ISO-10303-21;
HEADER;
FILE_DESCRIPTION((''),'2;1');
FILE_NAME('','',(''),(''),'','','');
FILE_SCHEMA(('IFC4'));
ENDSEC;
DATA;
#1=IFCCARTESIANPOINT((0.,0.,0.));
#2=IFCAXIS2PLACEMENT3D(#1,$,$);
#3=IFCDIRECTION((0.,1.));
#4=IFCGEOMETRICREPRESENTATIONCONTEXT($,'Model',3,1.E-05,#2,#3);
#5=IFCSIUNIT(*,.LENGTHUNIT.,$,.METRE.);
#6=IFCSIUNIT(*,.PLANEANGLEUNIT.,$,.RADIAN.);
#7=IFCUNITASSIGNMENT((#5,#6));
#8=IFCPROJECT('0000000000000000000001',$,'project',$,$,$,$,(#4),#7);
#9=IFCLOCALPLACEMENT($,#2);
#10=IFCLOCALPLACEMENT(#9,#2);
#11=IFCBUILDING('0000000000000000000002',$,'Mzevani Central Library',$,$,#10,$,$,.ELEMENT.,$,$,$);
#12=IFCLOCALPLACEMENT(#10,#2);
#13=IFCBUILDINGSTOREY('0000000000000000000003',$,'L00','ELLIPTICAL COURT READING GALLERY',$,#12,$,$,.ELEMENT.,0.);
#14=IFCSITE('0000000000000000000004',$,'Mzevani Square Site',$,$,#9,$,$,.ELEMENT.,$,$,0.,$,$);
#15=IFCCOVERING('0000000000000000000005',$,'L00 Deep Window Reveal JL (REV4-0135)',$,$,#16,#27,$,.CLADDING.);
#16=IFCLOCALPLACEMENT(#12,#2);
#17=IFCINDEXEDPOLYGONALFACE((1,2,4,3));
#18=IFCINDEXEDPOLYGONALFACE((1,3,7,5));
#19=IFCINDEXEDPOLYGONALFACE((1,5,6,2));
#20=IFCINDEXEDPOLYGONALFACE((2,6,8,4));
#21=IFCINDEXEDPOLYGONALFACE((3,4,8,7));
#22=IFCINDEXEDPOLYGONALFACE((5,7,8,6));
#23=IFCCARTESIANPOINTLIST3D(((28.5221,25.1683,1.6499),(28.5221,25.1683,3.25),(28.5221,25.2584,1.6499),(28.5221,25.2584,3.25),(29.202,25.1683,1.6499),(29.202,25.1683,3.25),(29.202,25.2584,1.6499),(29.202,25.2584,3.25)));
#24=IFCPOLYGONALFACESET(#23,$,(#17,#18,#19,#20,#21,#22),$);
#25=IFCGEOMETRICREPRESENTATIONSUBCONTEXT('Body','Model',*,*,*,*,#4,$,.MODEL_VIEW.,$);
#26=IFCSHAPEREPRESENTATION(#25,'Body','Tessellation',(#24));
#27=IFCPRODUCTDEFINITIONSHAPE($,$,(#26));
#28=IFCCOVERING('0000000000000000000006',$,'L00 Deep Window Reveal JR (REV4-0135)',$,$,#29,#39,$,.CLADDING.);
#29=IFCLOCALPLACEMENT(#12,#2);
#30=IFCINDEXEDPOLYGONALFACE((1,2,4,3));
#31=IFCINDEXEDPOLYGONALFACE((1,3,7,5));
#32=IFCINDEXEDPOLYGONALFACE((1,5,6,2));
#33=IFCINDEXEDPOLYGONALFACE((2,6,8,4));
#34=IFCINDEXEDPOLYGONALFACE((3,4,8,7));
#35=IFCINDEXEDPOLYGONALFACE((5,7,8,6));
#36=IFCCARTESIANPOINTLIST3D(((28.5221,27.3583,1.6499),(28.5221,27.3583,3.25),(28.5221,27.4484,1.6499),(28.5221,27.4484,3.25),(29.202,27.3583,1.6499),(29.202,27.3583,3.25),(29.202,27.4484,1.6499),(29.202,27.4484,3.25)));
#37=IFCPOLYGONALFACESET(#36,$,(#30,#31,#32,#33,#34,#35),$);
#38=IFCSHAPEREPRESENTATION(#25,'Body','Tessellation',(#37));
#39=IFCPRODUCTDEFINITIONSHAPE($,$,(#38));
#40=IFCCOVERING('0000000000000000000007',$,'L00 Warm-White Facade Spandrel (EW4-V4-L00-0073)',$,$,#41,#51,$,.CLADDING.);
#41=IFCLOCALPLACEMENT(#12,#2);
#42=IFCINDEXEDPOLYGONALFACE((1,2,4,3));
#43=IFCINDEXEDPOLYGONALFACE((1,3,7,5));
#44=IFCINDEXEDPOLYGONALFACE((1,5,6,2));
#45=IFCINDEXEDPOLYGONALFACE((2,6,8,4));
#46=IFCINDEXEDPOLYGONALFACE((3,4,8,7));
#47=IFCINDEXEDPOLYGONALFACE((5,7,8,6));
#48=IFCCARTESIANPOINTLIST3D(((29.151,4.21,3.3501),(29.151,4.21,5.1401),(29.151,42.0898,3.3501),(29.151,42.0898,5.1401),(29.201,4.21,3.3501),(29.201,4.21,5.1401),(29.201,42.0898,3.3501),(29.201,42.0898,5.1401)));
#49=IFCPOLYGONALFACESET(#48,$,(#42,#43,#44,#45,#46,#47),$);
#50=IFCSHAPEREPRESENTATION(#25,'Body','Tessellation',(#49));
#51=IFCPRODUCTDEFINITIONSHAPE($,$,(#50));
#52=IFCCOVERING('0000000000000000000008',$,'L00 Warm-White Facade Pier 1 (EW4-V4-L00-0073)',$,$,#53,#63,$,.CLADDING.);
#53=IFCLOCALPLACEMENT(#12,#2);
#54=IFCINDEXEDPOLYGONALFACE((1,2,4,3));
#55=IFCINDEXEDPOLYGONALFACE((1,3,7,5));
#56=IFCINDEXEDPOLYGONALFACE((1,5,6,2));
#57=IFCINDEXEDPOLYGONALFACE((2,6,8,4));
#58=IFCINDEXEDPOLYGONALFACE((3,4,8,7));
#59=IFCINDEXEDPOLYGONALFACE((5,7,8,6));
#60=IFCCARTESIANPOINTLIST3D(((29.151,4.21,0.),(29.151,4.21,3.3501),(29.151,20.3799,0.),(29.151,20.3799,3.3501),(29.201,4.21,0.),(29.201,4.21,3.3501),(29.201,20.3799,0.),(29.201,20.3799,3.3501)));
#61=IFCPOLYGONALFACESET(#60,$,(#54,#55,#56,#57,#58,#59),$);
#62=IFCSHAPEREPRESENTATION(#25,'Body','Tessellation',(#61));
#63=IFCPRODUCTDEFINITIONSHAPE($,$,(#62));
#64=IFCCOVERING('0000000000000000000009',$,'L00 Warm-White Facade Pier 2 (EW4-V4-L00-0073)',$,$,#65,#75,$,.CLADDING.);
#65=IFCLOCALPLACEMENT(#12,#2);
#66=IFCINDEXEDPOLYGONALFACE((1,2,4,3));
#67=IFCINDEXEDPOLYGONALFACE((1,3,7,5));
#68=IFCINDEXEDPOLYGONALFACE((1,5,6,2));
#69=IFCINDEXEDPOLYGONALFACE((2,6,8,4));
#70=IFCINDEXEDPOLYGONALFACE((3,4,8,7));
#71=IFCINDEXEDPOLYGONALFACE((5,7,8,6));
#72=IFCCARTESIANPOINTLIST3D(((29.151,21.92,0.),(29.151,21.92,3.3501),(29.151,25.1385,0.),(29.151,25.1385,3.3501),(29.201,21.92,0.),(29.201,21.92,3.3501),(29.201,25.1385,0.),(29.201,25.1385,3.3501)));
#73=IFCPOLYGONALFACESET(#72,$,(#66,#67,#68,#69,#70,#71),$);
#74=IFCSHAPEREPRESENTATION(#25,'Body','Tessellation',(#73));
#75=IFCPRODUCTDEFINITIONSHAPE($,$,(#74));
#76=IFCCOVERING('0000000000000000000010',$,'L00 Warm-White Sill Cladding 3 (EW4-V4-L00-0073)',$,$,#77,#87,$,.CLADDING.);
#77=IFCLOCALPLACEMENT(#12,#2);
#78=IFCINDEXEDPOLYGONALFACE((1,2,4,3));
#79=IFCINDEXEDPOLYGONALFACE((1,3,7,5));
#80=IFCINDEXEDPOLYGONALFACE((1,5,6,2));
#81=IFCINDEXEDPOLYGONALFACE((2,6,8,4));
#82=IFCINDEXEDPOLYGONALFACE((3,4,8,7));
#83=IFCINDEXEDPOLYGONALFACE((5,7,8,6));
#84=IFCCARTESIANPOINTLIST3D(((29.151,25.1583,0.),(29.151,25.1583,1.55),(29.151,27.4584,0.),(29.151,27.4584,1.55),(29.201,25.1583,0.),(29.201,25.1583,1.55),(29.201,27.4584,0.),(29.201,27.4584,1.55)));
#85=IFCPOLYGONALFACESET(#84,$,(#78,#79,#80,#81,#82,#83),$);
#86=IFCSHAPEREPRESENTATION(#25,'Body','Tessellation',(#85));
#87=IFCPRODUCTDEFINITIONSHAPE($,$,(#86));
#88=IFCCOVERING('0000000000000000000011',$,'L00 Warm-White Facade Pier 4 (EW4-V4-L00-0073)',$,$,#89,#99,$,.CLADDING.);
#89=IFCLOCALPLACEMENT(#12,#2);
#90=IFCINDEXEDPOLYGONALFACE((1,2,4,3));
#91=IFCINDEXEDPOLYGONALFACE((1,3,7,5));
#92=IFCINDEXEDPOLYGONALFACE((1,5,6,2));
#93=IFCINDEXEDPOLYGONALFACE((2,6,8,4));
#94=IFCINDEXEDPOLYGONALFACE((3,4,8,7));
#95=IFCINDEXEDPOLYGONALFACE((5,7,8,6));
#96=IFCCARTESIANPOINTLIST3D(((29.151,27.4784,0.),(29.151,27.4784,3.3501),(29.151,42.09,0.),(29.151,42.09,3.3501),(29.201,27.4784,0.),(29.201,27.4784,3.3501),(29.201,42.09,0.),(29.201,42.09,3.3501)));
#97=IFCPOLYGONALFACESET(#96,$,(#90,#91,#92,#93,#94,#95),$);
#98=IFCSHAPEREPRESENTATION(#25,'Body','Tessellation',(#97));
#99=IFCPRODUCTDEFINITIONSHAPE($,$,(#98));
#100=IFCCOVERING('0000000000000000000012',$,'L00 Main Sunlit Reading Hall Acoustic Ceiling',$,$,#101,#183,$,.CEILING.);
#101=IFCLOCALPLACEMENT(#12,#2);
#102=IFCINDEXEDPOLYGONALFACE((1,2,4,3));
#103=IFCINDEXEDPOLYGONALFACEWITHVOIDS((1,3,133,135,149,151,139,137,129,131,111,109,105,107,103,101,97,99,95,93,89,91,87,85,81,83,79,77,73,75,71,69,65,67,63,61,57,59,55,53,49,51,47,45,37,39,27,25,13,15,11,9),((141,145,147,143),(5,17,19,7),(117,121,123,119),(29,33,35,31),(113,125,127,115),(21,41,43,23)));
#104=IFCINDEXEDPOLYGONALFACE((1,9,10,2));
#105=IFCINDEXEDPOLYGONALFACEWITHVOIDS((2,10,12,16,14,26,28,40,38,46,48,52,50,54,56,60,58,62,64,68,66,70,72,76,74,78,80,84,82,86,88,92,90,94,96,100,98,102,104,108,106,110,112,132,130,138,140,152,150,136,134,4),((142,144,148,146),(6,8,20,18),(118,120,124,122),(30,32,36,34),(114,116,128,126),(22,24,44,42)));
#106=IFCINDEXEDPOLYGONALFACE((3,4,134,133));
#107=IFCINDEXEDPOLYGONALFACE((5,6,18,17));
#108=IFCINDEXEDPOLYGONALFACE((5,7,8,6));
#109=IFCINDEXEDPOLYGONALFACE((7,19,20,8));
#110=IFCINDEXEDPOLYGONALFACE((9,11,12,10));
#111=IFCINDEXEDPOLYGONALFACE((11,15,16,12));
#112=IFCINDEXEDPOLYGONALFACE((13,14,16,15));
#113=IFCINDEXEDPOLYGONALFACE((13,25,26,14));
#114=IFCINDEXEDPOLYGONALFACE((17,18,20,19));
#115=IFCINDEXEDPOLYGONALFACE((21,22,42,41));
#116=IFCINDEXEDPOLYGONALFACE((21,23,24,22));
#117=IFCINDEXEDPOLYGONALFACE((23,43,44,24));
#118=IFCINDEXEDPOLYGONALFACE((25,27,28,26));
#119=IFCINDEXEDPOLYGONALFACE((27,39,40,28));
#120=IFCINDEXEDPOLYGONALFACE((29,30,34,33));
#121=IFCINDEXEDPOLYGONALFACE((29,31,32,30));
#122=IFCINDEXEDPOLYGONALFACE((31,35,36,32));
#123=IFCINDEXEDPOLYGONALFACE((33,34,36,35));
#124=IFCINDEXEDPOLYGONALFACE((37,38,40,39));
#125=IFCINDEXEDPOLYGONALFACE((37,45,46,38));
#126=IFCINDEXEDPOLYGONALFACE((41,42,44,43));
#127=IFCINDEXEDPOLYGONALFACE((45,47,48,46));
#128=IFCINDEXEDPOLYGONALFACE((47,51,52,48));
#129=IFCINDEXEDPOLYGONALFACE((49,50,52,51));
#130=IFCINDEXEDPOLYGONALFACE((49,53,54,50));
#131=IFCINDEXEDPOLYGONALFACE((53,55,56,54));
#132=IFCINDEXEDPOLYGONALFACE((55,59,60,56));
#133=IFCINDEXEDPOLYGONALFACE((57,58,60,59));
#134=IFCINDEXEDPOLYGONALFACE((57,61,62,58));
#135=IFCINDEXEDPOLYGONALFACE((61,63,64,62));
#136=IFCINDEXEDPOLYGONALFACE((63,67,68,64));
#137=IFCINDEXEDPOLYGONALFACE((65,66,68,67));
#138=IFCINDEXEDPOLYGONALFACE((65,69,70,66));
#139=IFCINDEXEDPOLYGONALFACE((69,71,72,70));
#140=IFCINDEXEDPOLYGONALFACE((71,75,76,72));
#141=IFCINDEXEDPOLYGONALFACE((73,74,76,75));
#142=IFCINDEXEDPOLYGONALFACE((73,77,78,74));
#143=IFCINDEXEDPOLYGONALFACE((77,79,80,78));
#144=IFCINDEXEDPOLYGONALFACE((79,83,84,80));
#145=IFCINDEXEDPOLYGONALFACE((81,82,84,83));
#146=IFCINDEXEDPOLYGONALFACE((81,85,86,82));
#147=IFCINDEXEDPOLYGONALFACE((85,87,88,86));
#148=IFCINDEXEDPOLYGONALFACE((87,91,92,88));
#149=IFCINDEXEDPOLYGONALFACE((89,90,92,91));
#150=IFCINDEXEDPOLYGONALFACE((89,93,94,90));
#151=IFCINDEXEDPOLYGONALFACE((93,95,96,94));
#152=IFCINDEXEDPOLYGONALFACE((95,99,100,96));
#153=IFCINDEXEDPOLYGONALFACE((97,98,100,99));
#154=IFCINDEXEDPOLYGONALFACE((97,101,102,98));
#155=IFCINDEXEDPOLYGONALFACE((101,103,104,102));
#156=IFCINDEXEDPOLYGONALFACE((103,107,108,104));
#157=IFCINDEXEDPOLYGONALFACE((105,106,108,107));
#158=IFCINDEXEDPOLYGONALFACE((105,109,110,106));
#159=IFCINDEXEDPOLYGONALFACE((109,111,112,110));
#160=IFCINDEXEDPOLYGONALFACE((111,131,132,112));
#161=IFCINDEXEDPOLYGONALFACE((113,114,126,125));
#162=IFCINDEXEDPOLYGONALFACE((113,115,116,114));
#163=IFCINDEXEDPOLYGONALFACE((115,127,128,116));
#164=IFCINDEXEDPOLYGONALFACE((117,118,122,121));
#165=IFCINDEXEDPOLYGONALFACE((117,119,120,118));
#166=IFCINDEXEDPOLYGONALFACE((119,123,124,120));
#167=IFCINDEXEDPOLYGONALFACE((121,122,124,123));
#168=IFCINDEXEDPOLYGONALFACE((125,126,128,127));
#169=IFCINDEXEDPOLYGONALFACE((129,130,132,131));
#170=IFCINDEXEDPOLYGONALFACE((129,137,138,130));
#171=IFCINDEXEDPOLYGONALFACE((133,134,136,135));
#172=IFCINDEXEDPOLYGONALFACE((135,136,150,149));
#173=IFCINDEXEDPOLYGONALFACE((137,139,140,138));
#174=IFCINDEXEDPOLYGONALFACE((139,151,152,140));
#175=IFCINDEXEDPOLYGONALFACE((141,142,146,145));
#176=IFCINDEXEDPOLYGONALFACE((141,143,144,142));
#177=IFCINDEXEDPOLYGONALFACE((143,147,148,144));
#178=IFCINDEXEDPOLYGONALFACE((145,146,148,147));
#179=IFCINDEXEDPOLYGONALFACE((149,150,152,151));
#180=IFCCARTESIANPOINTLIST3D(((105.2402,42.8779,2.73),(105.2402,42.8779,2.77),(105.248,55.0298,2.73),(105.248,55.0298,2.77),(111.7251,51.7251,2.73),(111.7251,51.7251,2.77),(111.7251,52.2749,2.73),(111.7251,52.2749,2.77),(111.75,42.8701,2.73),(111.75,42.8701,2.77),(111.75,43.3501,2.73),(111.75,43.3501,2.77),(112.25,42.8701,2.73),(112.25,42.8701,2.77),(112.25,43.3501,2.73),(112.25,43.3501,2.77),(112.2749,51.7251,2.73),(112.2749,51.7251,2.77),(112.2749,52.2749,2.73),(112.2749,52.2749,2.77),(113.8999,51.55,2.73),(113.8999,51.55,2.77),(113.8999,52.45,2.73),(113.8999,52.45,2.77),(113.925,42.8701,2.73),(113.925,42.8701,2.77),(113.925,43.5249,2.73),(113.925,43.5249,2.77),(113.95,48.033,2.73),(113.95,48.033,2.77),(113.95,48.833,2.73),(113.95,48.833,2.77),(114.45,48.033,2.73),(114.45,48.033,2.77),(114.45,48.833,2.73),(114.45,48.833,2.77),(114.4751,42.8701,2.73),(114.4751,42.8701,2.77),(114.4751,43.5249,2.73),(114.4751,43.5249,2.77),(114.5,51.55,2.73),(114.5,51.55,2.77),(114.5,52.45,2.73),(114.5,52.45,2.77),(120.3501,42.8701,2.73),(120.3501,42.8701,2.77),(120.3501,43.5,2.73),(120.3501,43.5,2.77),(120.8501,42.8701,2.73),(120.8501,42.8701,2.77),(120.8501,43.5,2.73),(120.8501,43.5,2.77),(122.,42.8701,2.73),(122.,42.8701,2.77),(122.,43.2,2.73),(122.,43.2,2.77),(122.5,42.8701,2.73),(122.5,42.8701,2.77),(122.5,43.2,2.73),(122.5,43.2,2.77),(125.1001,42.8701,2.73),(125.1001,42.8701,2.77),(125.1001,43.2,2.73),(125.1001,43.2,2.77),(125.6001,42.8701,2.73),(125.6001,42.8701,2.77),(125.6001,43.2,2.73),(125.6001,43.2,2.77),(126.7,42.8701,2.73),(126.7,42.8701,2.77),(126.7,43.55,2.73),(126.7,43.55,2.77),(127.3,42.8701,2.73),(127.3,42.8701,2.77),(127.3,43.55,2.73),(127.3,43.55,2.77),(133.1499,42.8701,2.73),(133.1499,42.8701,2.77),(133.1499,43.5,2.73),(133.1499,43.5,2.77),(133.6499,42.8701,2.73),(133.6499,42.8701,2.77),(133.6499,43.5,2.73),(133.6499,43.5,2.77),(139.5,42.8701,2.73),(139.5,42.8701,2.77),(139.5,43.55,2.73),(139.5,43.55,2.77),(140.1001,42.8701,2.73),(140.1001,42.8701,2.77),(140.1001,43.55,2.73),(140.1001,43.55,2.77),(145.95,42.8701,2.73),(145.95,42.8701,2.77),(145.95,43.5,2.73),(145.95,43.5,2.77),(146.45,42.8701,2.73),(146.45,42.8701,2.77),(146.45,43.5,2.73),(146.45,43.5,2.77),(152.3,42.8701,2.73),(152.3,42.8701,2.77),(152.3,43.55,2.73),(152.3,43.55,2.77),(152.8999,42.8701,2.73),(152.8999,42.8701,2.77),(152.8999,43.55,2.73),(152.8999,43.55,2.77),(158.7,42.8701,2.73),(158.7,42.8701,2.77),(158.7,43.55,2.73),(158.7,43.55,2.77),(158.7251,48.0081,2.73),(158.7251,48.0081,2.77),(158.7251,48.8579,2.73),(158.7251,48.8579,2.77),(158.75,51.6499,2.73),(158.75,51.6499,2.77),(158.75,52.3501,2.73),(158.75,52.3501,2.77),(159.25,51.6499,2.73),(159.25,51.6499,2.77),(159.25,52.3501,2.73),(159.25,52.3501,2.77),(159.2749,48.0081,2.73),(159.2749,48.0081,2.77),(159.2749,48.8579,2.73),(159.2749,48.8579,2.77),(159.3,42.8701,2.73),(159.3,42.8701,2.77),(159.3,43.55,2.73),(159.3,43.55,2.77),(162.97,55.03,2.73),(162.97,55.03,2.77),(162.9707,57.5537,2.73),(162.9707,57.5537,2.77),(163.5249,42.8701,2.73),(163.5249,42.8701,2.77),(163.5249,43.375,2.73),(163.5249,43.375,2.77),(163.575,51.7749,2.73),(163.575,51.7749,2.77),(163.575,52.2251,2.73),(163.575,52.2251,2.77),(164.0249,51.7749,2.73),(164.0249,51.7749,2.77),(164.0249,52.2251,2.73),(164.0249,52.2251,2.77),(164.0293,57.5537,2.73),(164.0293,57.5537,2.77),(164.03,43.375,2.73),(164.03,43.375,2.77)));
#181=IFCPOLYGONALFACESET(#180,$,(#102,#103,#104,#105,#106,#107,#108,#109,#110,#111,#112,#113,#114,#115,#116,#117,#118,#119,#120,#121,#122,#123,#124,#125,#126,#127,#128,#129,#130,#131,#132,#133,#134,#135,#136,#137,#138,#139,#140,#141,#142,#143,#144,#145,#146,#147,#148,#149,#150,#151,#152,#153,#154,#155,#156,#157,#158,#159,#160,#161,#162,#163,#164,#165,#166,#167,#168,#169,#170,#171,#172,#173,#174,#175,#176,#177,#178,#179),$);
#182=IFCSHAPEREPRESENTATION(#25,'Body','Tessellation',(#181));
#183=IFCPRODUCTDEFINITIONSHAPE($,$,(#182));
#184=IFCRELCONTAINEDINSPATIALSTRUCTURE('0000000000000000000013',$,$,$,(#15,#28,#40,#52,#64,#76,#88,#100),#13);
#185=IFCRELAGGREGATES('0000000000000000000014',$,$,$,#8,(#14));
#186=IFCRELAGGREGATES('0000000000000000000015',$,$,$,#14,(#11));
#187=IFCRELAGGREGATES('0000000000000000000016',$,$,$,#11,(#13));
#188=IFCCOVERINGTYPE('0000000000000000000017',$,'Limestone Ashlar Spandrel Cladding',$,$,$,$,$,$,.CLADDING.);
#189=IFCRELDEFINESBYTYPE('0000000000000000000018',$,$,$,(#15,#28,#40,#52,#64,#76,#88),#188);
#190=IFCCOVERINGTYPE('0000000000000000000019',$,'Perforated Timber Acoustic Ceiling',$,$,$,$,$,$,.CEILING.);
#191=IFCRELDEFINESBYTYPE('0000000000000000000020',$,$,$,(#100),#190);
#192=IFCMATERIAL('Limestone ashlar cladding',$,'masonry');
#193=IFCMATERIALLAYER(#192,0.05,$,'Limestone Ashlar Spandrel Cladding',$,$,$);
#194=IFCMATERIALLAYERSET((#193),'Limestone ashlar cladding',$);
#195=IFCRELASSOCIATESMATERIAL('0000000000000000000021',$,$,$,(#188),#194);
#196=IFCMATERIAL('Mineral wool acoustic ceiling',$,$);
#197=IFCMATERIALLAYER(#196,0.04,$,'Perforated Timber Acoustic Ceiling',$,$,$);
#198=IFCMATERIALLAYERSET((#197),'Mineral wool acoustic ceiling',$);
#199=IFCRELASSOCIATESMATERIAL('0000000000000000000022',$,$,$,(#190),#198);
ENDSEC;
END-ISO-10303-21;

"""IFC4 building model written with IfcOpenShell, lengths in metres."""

from ifc_helpers import new_model, si_unit, direction, frame, origin, origin_2d, place, context, subcontext, project, spatial, polyline, rectangle, outline, extrude, material, layer, layer_set, type_object, element, save


model = new_model("IFC4")

# Units and contexts
model_context = context("Model", 3, precision=1e-05, world=origin(), true_north=direction((0.0, 1.0)))
body_context = subcontext(model_context, "Body", "Model", "MODEL_VIEW")
ifc_project = project(units=[si_unit("LENGTHUNIT", "METRE"), si_unit("PLANEANGLEUNIT", "RADIAN")], contexts=[model_context])

# Site, building, storey
site_placement = place(None, origin())
site = spatial("IfcSite", under=ifc_project, at=site_placement, Name="Mzevani Square Site", CompositionType="ELEMENT", RefElevation=0.0)
building_placement = place(site_placement, origin())
building = spatial("IfcBuilding", under=site, at=building_placement, Name="Mzevani Central Library", CompositionType="ELEMENT")
storey_placement = place(building_placement, origin())
storey = spatial("IfcBuildingStorey", under=building, at=storey_placement, Name="L00", Description="ELLIPTICAL COURT READING GALLERY", CompositionType="ELEMENT", Elevation=0.0)

# Coverings
ifc_material_1 = material(Name="Limestone ashlar cladding", Category="masonry")
ifc_layer_1 = layer(ifc_material_1, 0.05, Name="Limestone Ashlar Spandrel Cladding")
ifc_layer_set_1 = layer_set([ifc_layer_1], Name="Limestone ashlar cladding")
covering_type_1 = type_object("IfcCoveringType", Name="Limestone Ashlar Spandrel Cladding", PredefinedType="CLADDING", material=ifc_layer_set_1)
for number, where, z_axis, x_axis, name in (
    (1, (28.8621, 25.2134, 1.6499), (0.0, 0.0, 1.0), (0.0, 1.0, 0.0), "L00 Deep Window Reveal JL (REV4-0135)"),
    (2, (28.8621, 27.4033, 1.6499), (0.0, 0.0, 1.0), (0.0, 1.0, 0.0), "L00 Deep Window Reveal JR (REV4-0135)"),
):
    element("IfcCovering", number, at=place(storey_placement, frame(where, z_axis=z_axis, x_axis=x_axis)), inside=storey, type_object=covering_type_1, Name=name, PredefinedType="CLADDING", context=body_context, shape_type="SweptSolid", body=[
        extrude(rectangle(XDim=0.0901, YDim=0.6799, at=origin_2d()), origin(), (0.0, 0.0, 1.0), 1.6001),
    ])
covering_1_placement = place(storey_placement, frame((29.176, 23.1499, 3.3501), z_axis=(0.0, 0.0, 1.0), x_axis=(0.0, 1.0, 0.0)))
element("IfcCovering", 3, at=covering_1_placement, inside=storey, type_object=covering_type_1, Name="L00 Warm-White Facade Spandrel (EW4-V4-L00-0073)", PredefinedType="CLADDING", context=body_context, shape_type="SweptSolid", body=[
    extrude(rectangle(XDim=37.8799, YDim=0.05, at=origin_2d()), origin(), (0.0, 0.0, 1.0), 1.79),
])
covering_2_placement = place(storey_placement, frame((29.176, 12.2949, 0.0), z_axis=(0.0, 0.0, 1.0), x_axis=(0.0, 1.0, 0.0)))
element("IfcCovering", 4, at=covering_2_placement, inside=storey, type_object=covering_type_1, Name="L00 Warm-White Facade Pier 1 (EW4-V4-L00-0073)", PredefinedType="CLADDING", context=body_context, shape_type="SweptSolid", body=[
    extrude(rectangle(XDim=16.1699, YDim=0.05, at=origin_2d()), origin(), (0.0, 0.0, 1.0), 3.3501),
])
covering_3_placement = place(storey_placement, frame((29.176, 23.5293, 0.0), z_axis=(0.0, 0.0, 1.0), x_axis=(0.0, 1.0, 0.0)))
element("IfcCovering", 5, at=covering_3_placement, inside=storey, type_object=covering_type_1, Name="L00 Warm-White Facade Pier 2 (EW4-V4-L00-0073)", PredefinedType="CLADDING", context=body_context, shape_type="SweptSolid", body=[
    extrude(rectangle(XDim=3.2185, YDim=0.05, at=origin_2d()), origin(), (0.0, 0.0, 1.0), 3.3501),
])
covering_4_placement = place(storey_placement, frame((29.176, 26.3083, 0.0), z_axis=(0.0, 0.0, 1.0), x_axis=(0.0, 1.0, 0.0)))
element("IfcCovering", 6, at=covering_4_placement, inside=storey, type_object=covering_type_1, Name="L00 Warm-White Sill Cladding 3 (EW4-V4-L00-0073)", PredefinedType="CLADDING", context=body_context, shape_type="SweptSolid", body=[
    extrude(rectangle(XDim=2.3, YDim=0.05, at=origin_2d()), origin(), (0.0, 0.0, 1.0), 1.55),
])
covering_5_placement = place(storey_placement, frame((29.176, 34.7842, 0.0), z_axis=(0.0, 0.0, 1.0), x_axis=(0.0, 1.0, 0.0)))
element("IfcCovering", 7, at=covering_5_placement, inside=storey, type_object=covering_type_1, Name="L00 Warm-White Facade Pier 4 (EW4-V4-L00-0073)", PredefinedType="CLADDING", context=body_context, shape_type="SweptSolid", body=[
    extrude(rectangle(XDim=14.6116, YDim=0.05, at=origin_2d()), origin(), (0.0, 0.0, 1.0), 3.3501),
])
ifc_material_2 = material(Name="Mineral wool acoustic ceiling")
ifc_layer_2 = layer(ifc_material_2, 0.04, Name="Perforated Timber Acoustic Ceiling")
ifc_layer_set_2 = layer_set([ifc_layer_2], Name="Mineral wool acoustic ceiling")
covering_type_2 = type_object("IfcCoveringType", Name="Perforated Timber Acoustic Ceiling", PredefinedType="CEILING", material=ifc_layer_set_2)
covering_6_placement = place(storey_placement, frame((0.0, 0.0, 2.73)))
element("IfcCovering", 8, at=covering_6_placement, inside=storey, type_object=covering_type_2, Name="L00 Main Sunlit Reading Hall Acoustic Ceiling", PredefinedType="CEILING", context=body_context, shape_type="SweptSolid", body=[
    extrude(outline(polyline([(164.0293, 57.5537), (164.03, 43.375), (163.5249, 43.375), (163.5249, 42.8701), (159.3, 42.8701), (159.3, 43.55), (158.7, 43.55), (158.7, 42.8701), (152.8999, 42.8701), (152.8999, 43.55), (152.3, 43.55), (152.3, 42.8701), (146.45, 42.8701), (146.45, 43.5), (145.95, 43.5), (145.95, 42.8701), (140.1001, 42.8701), (140.1001, 43.55), (139.5, 43.55), (139.5, 42.8701), (133.6499, 42.8701), (133.6499, 43.5), (133.1499, 43.5), (133.1499, 42.8701), (127.3, 42.8701), (127.3, 43.55), (126.7, 43.55), (126.7, 42.8701), (125.6001, 42.8701), (125.6001, 43.2), (125.1001, 43.2), (125.1001, 42.8701), (122.5, 42.8701), (122.5, 43.2), (122.0, 43.2), (122.0, 42.8701), (120.8501, 42.8701), (120.8501, 43.5), (120.3501, 43.5), (120.3501, 42.8701), (114.4751, 42.8701), (114.4751, 43.5249), (113.925, 43.5249), (113.925, 42.8701), (112.25, 42.8701), (112.25, 43.3501), (111.75, 43.3501), (111.75, 42.8701), (105.2402, 42.8779), (105.248, 55.0298), (162.97, 55.03), (162.9707, 57.5537), (164.0293, 57.5537)]), holes=[polyline([(112.2749, 52.2749), (111.7251, 52.2749), (111.7251, 51.7251), (112.2749, 51.7251), (112.2749, 52.2749)]), polyline([(113.8999, 51.55), (114.5, 51.55), (114.5, 52.45), (113.8999, 52.45), (113.8999, 51.55)]), polyline([(159.25, 52.3501), (158.75, 52.3501), (158.75, 51.6499), (159.25, 51.6499), (159.25, 52.3501)]), polyline([(163.575, 51.7749), (164.0249, 51.7749), (164.0249, 52.2251), (163.575, 52.2251), (163.575, 51.7749)]), polyline([(114.45, 48.033), (114.45, 48.833), (113.95, 48.833), (113.95, 48.033), (114.45, 48.033)]), polyline([(158.7251, 48.0081), (159.2749, 48.0081), (159.2749, 48.8579), (158.7251, 48.8579), (158.7251, 48.0081)])]), origin(), (0.0, 0.0, 1.0), 0.04),
])

save(model, "model.ifc")
